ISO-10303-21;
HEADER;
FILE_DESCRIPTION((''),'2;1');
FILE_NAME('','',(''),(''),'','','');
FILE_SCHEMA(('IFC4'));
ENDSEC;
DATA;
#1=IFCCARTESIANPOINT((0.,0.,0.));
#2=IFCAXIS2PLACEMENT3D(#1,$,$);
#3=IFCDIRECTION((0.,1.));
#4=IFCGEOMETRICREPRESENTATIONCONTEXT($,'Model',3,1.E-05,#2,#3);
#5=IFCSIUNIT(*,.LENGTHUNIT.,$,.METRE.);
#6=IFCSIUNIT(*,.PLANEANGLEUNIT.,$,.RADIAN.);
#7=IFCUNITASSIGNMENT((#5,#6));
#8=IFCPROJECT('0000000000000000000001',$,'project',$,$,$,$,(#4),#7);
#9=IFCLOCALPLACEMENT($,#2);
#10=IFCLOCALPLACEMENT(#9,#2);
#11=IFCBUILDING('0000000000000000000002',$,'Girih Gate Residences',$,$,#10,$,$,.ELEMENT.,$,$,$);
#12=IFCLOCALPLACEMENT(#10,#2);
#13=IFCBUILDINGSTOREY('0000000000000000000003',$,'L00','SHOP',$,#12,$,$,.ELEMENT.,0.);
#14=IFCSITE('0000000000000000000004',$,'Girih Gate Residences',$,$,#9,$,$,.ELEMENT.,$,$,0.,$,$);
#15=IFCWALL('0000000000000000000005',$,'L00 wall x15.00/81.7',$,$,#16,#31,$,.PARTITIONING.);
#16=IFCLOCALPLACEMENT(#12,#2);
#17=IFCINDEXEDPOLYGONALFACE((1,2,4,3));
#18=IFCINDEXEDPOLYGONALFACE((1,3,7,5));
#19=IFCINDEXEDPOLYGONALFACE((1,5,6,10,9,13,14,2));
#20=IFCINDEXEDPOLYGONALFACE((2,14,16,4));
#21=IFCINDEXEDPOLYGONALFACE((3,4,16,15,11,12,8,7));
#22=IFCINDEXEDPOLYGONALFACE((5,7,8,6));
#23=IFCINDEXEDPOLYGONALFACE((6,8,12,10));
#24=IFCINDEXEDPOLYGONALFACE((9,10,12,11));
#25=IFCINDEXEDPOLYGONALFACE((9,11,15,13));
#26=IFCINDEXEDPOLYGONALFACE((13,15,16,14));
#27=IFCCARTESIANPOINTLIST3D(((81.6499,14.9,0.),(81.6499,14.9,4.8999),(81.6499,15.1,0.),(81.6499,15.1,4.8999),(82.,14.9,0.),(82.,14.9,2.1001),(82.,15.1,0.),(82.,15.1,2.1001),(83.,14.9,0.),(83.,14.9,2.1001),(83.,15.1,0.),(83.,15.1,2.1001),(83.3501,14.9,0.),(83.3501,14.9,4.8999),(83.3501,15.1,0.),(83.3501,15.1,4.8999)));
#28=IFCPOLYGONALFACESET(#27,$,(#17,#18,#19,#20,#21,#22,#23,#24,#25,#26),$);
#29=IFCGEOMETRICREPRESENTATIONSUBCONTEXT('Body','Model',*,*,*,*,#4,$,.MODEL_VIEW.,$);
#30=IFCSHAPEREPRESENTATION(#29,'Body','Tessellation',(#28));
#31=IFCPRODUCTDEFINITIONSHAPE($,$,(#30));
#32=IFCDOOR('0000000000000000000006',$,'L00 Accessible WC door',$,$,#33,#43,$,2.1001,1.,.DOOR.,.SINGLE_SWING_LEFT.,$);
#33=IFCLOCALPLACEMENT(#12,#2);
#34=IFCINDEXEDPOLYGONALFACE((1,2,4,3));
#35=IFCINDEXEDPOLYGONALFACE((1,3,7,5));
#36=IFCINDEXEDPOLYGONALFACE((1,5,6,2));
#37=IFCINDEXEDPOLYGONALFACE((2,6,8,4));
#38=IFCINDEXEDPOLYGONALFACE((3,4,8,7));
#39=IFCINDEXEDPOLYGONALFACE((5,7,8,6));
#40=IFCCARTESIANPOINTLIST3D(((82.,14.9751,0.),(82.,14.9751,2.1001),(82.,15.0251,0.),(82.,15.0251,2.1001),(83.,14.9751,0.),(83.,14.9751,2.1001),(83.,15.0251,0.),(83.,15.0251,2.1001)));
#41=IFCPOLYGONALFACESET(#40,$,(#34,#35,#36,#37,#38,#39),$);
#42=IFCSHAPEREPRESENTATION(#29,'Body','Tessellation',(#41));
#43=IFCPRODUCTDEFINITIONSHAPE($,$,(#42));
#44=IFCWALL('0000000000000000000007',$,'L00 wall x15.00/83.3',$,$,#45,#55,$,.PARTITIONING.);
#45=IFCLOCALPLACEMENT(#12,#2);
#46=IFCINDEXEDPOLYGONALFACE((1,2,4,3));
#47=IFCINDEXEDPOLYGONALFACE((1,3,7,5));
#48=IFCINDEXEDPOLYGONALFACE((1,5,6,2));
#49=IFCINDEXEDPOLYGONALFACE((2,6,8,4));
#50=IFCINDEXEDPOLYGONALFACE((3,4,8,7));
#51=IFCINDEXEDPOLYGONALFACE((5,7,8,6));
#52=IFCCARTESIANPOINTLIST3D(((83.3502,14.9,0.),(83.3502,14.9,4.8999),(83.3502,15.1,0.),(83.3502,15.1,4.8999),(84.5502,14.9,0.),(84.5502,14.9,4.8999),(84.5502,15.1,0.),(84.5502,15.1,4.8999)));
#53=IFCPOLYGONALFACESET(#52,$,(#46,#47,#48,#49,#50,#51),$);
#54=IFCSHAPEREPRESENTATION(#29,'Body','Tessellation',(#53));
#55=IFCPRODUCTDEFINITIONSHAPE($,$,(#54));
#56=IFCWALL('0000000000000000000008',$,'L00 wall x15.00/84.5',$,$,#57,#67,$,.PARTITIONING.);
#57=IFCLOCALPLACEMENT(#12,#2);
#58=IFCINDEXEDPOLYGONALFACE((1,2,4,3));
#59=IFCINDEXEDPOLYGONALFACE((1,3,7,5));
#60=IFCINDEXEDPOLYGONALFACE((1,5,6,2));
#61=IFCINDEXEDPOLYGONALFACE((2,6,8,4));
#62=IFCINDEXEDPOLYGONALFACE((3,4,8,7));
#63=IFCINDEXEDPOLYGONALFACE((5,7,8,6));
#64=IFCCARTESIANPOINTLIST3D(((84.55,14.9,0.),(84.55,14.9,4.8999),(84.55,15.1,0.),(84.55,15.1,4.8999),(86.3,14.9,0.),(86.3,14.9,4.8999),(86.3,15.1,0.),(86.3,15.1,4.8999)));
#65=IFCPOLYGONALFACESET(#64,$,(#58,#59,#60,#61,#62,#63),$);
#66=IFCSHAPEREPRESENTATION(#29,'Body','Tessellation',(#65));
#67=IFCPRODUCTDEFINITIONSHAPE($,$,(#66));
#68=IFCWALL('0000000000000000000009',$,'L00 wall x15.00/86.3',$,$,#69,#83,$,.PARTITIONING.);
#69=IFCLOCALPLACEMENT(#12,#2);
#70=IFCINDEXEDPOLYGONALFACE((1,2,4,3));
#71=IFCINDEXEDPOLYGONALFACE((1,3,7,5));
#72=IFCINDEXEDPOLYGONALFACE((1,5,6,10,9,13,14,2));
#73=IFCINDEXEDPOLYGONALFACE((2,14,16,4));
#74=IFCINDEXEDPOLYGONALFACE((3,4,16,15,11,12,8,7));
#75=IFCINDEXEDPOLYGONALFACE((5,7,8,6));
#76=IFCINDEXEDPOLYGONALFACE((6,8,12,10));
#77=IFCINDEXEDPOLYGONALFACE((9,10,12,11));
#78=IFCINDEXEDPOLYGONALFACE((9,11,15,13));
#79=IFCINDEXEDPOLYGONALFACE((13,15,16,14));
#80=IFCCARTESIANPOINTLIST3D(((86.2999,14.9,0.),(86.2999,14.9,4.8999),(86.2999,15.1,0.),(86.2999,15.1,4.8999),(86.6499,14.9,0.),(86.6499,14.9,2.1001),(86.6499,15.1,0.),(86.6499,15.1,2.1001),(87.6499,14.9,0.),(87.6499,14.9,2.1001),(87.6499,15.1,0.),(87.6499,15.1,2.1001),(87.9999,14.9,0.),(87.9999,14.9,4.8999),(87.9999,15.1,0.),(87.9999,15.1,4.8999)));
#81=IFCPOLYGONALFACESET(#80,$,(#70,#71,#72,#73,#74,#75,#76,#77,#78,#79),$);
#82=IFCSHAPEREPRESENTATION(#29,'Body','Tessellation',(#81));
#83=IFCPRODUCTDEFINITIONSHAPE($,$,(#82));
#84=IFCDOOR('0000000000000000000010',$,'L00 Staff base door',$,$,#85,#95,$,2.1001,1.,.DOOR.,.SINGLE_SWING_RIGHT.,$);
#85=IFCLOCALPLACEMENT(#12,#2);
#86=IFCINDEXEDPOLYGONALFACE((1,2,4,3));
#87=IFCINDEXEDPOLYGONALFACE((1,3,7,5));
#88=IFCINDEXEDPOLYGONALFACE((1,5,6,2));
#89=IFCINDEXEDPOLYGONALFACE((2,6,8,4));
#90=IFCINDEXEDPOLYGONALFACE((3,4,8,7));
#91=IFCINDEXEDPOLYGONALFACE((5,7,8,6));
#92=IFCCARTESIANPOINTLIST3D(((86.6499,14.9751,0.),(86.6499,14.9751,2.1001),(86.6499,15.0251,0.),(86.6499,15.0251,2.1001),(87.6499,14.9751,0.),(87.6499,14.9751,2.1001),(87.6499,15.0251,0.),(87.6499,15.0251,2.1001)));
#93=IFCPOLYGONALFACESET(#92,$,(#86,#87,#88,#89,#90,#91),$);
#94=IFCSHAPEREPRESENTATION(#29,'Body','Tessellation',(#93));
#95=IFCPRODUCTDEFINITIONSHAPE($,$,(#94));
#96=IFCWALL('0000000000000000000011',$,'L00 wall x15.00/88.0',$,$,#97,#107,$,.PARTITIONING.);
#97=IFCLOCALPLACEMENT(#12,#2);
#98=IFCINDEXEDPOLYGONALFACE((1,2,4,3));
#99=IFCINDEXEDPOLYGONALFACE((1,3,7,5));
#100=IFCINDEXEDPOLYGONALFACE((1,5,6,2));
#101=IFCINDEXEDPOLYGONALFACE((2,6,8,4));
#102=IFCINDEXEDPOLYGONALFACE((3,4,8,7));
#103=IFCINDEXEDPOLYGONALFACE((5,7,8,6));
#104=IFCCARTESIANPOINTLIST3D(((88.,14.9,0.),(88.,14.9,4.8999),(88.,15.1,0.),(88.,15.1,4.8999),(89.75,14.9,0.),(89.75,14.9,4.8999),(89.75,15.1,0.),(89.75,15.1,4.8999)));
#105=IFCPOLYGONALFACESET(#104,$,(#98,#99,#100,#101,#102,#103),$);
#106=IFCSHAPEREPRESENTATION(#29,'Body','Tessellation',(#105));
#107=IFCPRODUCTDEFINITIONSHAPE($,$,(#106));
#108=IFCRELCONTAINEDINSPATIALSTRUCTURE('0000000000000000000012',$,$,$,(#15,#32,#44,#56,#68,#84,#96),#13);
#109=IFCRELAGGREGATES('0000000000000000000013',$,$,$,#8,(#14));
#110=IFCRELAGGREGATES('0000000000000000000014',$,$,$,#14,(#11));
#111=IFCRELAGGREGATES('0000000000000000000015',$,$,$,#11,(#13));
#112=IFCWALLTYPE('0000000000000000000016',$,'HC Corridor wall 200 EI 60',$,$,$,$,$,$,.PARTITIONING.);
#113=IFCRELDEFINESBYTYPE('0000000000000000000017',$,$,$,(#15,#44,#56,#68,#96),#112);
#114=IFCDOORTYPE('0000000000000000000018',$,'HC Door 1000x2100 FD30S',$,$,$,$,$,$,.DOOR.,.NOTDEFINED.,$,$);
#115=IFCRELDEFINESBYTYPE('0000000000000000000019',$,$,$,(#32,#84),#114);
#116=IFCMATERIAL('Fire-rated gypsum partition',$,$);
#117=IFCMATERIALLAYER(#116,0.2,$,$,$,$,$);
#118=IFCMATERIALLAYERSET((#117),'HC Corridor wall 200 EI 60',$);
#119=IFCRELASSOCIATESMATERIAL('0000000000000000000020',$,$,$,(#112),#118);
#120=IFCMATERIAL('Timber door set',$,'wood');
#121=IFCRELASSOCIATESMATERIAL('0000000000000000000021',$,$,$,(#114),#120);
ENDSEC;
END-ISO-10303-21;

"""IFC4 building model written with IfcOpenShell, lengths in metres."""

from ifc_helpers import new_model, si_unit, direction, frame, frame_2d, origin, place, context, subcontext, project, spatial, rectangle, extrude, material, layer, layer_set, type_object, element, fill, save


model = new_model("IFC4")

# Units and contexts
model_context = context("Model", 3, precision=1e-05, world=origin(), true_north=direction((0.0, 1.0)))
body_context = subcontext(model_context, "Body", "Model", "MODEL_VIEW")
ifc_project = project(units=[si_unit("LENGTHUNIT", "METRE"), si_unit("PLANEANGLEUNIT", "RADIAN")], contexts=[model_context])

# Site, building, storey
site_placement = place(None, origin())
site = spatial("IfcSite", under=ifc_project, at=site_placement, Name="Girih Gate Residences", CompositionType="ELEMENT", RefElevation=0.0)
building_placement = place(site_placement, origin())
building = spatial("IfcBuilding", under=site, at=building_placement, Name="Girih Gate Residences", CompositionType="ELEMENT")
storey_placement = place(building_placement, origin())
storey = spatial("IfcBuildingStorey", under=building, at=storey_placement, Name="L00", Description="SHOP", CompositionType="ELEMENT", Elevation=0.0)

# Wall, opening, door
ifc_material_1 = material(Name="Fire-rated gypsum partition")
ifc_layer_1 = layer(ifc_material_1, 0.2)
ifc_layer_set_1 = layer_set([ifc_layer_1], Name="HC Corridor wall 200 EI 60")
wall_type_1 = type_object("IfcWallType", Name="HC Corridor wall 200 EI 60", PredefinedType="PARTITIONING", material=ifc_layer_set_1)
wall_1_placement = place(storey_placement, frame((83.3501, 15.0, 0.0), z_axis=(0.0, 0.0, 1.0), x_axis=(-1.0, 0.0, 0.0)))
wall_1 = element("IfcWall", 1, at=wall_1_placement, inside=storey, type_object=wall_type_1, Name="L00 wall x15.00/81.7", PredefinedType="PARTITIONING", context=body_context, shape_type="SweptSolid", body=[
    extrude(rectangle(XDim=1.7002, YDim=0.2, at=frame_2d((0.8501, 0.0))), origin(), (0.0, 0.0, 1.0), 4.8999),
])
opening_1_placement = place(wall_1_placement, frame((0.3501, 0.0, 0.0)))
opening_1 = element("IfcOpeningElement", 2, at=opening_1_placement, cuts=wall_1, PredefinedType="OPENING", context=body_context, shape_type="SweptSolid", body=[
    extrude(rectangle(XDim=1.0, YDim=2.1001, at=frame_2d((0.5, 1.05))), frame((0.0, 0.1099, 0.0), z_axis=(0.0, -1.0, 0.0), x_axis=(1.0, 0.0, 0.0)), (0.0, 0.0, 1.0), 0.22),
])
ifc_material_2 = material(Name="Timber door set", Category="wood")
door_type = type_object("IfcDoorType", Name="HC Door 1000x2100 FD30S", OperationType="NOTDEFINED", PredefinedType="DOOR", material=ifc_material_2)
door_1_placement = place(opening_1_placement, origin())
door_1 = element("IfcDoor", 3, at=door_1_placement, inside=storey, type_object=door_type, Name="L00 Accessible WC door", OperationType="SINGLE_SWING_LEFT", OverallHeight=2.1001, OverallWidth=1.0, PredefinedType="DOOR", context=body_context, shape_type="SweptSolid", body=[
    extrude(rectangle(XDim=1.0, YDim=2.1001, at=frame_2d((0.5, 1.05))), frame((0.0, 0.0249, 0.0), z_axis=(0.0, -1.0, 0.0), x_axis=(1.0, 0.0, 0.0)), (0.0, 0.0, 1.0), 0.05),
])
fill(opening_1, door_1)

# Walls
wall_2_placement = place(storey_placement, frame((83.3501, 15.0, 0.0), z_axis=(0.0, 0.0, 1.0), x_axis=(1.0, 0.0, 0.0)))
element("IfcWall", 4, at=wall_2_placement, inside=storey, type_object=wall_type_1, Name="L00 wall x15.00/83.3", PredefinedType="PARTITIONING", context=body_context, shape_type="SweptSolid", body=[
    extrude(rectangle(XDim=1.2, YDim=0.2, at=frame_2d((0.6001, 0.0))), origin(), (0.0, 0.0, 1.0), 4.8999),
])
wall_3_placement = place(storey_placement, frame((84.55, 15.0, 0.0), z_axis=(0.0, 0.0, 1.0), x_axis=(1.0, 0.0, 0.0)))
element("IfcWall", 5, at=wall_3_placement, inside=storey, type_object=wall_type_1, Name="L00 wall x15.00/84.5", PredefinedType="PARTITIONING", context=body_context, shape_type="SweptSolid", body=[
    extrude(rectangle(XDim=1.75, YDim=0.2, at=frame_2d((0.875, 0.0))), origin(), (0.0, 0.0, 1.0), 4.8999),
])

# Wall, opening, door
wall_4_placement = place(storey_placement, frame((88.0, 15.0, 0.0), z_axis=(0.0, 0.0, 1.0), x_axis=(-1.0, 0.0, 0.0)))
wall_4 = element("IfcWall", 6, at=wall_4_placement, inside=storey, type_object=wall_type_1, Name="L00 wall x15.00/86.3", PredefinedType="PARTITIONING", context=body_context, shape_type="SweptSolid", body=[
    extrude(rectangle(XDim=1.7, YDim=0.2, at=frame_2d((0.8501, 0.0))), origin(), (0.0, 0.0, 1.0), 4.8999),
])
opening_2_placement = place(wall_4_placement, frame((0.3501, 0.0, 0.0)))
opening_2 = element("IfcOpeningElement", 7, at=opening_2_placement, cuts=wall_4, PredefinedType="OPENING", context=body_context, shape_type="SweptSolid", body=[
    extrude(rectangle(XDim=1.0, YDim=2.1001, at=frame_2d((0.5, 1.05))), frame((0.0, 0.1099, 0.0), z_axis=(0.0, -1.0, 0.0), x_axis=(1.0, 0.0, 0.0)), (0.0, 0.0, 1.0), 0.22),
])
door_2_placement = place(opening_2_placement, origin())
door_2 = element("IfcDoor", 8, at=door_2_placement, inside=storey, type_object=door_type, Name="L00 Staff base door", OperationType="SINGLE_SWING_RIGHT", OverallHeight=2.1001, OverallWidth=1.0, PredefinedType="DOOR", context=body_context, shape_type="SweptSolid", body=[
    extrude(rectangle(XDim=1.0, YDim=2.1001, at=frame_2d((0.5, 1.05))), frame((0.0, 0.0249, 0.0), z_axis=(0.0, -1.0, 0.0), x_axis=(1.0, 0.0, 0.0)), (0.0, 0.0, 1.0), 0.05),
])
fill(opening_2, door_2)

# Wall
wall_5_placement = place(storey_placement, frame((88.0, 15.0, 0.0), z_axis=(0.0, 0.0, 1.0), x_axis=(1.0, 0.0, 0.0)))
element("IfcWall", 9, at=wall_5_placement, inside=storey, type_object=wall_type_1, Name="L00 wall x15.00/88.0", PredefinedType="PARTITIONING", context=body_context, shape_type="SweptSolid", body=[
    extrude(rectangle(XDim=1.75, YDim=0.2, at=frame_2d((0.875, 0.0))), origin(), (0.0, 0.0, 1.0), 4.8999),
])

save(model, "model.ifc")
